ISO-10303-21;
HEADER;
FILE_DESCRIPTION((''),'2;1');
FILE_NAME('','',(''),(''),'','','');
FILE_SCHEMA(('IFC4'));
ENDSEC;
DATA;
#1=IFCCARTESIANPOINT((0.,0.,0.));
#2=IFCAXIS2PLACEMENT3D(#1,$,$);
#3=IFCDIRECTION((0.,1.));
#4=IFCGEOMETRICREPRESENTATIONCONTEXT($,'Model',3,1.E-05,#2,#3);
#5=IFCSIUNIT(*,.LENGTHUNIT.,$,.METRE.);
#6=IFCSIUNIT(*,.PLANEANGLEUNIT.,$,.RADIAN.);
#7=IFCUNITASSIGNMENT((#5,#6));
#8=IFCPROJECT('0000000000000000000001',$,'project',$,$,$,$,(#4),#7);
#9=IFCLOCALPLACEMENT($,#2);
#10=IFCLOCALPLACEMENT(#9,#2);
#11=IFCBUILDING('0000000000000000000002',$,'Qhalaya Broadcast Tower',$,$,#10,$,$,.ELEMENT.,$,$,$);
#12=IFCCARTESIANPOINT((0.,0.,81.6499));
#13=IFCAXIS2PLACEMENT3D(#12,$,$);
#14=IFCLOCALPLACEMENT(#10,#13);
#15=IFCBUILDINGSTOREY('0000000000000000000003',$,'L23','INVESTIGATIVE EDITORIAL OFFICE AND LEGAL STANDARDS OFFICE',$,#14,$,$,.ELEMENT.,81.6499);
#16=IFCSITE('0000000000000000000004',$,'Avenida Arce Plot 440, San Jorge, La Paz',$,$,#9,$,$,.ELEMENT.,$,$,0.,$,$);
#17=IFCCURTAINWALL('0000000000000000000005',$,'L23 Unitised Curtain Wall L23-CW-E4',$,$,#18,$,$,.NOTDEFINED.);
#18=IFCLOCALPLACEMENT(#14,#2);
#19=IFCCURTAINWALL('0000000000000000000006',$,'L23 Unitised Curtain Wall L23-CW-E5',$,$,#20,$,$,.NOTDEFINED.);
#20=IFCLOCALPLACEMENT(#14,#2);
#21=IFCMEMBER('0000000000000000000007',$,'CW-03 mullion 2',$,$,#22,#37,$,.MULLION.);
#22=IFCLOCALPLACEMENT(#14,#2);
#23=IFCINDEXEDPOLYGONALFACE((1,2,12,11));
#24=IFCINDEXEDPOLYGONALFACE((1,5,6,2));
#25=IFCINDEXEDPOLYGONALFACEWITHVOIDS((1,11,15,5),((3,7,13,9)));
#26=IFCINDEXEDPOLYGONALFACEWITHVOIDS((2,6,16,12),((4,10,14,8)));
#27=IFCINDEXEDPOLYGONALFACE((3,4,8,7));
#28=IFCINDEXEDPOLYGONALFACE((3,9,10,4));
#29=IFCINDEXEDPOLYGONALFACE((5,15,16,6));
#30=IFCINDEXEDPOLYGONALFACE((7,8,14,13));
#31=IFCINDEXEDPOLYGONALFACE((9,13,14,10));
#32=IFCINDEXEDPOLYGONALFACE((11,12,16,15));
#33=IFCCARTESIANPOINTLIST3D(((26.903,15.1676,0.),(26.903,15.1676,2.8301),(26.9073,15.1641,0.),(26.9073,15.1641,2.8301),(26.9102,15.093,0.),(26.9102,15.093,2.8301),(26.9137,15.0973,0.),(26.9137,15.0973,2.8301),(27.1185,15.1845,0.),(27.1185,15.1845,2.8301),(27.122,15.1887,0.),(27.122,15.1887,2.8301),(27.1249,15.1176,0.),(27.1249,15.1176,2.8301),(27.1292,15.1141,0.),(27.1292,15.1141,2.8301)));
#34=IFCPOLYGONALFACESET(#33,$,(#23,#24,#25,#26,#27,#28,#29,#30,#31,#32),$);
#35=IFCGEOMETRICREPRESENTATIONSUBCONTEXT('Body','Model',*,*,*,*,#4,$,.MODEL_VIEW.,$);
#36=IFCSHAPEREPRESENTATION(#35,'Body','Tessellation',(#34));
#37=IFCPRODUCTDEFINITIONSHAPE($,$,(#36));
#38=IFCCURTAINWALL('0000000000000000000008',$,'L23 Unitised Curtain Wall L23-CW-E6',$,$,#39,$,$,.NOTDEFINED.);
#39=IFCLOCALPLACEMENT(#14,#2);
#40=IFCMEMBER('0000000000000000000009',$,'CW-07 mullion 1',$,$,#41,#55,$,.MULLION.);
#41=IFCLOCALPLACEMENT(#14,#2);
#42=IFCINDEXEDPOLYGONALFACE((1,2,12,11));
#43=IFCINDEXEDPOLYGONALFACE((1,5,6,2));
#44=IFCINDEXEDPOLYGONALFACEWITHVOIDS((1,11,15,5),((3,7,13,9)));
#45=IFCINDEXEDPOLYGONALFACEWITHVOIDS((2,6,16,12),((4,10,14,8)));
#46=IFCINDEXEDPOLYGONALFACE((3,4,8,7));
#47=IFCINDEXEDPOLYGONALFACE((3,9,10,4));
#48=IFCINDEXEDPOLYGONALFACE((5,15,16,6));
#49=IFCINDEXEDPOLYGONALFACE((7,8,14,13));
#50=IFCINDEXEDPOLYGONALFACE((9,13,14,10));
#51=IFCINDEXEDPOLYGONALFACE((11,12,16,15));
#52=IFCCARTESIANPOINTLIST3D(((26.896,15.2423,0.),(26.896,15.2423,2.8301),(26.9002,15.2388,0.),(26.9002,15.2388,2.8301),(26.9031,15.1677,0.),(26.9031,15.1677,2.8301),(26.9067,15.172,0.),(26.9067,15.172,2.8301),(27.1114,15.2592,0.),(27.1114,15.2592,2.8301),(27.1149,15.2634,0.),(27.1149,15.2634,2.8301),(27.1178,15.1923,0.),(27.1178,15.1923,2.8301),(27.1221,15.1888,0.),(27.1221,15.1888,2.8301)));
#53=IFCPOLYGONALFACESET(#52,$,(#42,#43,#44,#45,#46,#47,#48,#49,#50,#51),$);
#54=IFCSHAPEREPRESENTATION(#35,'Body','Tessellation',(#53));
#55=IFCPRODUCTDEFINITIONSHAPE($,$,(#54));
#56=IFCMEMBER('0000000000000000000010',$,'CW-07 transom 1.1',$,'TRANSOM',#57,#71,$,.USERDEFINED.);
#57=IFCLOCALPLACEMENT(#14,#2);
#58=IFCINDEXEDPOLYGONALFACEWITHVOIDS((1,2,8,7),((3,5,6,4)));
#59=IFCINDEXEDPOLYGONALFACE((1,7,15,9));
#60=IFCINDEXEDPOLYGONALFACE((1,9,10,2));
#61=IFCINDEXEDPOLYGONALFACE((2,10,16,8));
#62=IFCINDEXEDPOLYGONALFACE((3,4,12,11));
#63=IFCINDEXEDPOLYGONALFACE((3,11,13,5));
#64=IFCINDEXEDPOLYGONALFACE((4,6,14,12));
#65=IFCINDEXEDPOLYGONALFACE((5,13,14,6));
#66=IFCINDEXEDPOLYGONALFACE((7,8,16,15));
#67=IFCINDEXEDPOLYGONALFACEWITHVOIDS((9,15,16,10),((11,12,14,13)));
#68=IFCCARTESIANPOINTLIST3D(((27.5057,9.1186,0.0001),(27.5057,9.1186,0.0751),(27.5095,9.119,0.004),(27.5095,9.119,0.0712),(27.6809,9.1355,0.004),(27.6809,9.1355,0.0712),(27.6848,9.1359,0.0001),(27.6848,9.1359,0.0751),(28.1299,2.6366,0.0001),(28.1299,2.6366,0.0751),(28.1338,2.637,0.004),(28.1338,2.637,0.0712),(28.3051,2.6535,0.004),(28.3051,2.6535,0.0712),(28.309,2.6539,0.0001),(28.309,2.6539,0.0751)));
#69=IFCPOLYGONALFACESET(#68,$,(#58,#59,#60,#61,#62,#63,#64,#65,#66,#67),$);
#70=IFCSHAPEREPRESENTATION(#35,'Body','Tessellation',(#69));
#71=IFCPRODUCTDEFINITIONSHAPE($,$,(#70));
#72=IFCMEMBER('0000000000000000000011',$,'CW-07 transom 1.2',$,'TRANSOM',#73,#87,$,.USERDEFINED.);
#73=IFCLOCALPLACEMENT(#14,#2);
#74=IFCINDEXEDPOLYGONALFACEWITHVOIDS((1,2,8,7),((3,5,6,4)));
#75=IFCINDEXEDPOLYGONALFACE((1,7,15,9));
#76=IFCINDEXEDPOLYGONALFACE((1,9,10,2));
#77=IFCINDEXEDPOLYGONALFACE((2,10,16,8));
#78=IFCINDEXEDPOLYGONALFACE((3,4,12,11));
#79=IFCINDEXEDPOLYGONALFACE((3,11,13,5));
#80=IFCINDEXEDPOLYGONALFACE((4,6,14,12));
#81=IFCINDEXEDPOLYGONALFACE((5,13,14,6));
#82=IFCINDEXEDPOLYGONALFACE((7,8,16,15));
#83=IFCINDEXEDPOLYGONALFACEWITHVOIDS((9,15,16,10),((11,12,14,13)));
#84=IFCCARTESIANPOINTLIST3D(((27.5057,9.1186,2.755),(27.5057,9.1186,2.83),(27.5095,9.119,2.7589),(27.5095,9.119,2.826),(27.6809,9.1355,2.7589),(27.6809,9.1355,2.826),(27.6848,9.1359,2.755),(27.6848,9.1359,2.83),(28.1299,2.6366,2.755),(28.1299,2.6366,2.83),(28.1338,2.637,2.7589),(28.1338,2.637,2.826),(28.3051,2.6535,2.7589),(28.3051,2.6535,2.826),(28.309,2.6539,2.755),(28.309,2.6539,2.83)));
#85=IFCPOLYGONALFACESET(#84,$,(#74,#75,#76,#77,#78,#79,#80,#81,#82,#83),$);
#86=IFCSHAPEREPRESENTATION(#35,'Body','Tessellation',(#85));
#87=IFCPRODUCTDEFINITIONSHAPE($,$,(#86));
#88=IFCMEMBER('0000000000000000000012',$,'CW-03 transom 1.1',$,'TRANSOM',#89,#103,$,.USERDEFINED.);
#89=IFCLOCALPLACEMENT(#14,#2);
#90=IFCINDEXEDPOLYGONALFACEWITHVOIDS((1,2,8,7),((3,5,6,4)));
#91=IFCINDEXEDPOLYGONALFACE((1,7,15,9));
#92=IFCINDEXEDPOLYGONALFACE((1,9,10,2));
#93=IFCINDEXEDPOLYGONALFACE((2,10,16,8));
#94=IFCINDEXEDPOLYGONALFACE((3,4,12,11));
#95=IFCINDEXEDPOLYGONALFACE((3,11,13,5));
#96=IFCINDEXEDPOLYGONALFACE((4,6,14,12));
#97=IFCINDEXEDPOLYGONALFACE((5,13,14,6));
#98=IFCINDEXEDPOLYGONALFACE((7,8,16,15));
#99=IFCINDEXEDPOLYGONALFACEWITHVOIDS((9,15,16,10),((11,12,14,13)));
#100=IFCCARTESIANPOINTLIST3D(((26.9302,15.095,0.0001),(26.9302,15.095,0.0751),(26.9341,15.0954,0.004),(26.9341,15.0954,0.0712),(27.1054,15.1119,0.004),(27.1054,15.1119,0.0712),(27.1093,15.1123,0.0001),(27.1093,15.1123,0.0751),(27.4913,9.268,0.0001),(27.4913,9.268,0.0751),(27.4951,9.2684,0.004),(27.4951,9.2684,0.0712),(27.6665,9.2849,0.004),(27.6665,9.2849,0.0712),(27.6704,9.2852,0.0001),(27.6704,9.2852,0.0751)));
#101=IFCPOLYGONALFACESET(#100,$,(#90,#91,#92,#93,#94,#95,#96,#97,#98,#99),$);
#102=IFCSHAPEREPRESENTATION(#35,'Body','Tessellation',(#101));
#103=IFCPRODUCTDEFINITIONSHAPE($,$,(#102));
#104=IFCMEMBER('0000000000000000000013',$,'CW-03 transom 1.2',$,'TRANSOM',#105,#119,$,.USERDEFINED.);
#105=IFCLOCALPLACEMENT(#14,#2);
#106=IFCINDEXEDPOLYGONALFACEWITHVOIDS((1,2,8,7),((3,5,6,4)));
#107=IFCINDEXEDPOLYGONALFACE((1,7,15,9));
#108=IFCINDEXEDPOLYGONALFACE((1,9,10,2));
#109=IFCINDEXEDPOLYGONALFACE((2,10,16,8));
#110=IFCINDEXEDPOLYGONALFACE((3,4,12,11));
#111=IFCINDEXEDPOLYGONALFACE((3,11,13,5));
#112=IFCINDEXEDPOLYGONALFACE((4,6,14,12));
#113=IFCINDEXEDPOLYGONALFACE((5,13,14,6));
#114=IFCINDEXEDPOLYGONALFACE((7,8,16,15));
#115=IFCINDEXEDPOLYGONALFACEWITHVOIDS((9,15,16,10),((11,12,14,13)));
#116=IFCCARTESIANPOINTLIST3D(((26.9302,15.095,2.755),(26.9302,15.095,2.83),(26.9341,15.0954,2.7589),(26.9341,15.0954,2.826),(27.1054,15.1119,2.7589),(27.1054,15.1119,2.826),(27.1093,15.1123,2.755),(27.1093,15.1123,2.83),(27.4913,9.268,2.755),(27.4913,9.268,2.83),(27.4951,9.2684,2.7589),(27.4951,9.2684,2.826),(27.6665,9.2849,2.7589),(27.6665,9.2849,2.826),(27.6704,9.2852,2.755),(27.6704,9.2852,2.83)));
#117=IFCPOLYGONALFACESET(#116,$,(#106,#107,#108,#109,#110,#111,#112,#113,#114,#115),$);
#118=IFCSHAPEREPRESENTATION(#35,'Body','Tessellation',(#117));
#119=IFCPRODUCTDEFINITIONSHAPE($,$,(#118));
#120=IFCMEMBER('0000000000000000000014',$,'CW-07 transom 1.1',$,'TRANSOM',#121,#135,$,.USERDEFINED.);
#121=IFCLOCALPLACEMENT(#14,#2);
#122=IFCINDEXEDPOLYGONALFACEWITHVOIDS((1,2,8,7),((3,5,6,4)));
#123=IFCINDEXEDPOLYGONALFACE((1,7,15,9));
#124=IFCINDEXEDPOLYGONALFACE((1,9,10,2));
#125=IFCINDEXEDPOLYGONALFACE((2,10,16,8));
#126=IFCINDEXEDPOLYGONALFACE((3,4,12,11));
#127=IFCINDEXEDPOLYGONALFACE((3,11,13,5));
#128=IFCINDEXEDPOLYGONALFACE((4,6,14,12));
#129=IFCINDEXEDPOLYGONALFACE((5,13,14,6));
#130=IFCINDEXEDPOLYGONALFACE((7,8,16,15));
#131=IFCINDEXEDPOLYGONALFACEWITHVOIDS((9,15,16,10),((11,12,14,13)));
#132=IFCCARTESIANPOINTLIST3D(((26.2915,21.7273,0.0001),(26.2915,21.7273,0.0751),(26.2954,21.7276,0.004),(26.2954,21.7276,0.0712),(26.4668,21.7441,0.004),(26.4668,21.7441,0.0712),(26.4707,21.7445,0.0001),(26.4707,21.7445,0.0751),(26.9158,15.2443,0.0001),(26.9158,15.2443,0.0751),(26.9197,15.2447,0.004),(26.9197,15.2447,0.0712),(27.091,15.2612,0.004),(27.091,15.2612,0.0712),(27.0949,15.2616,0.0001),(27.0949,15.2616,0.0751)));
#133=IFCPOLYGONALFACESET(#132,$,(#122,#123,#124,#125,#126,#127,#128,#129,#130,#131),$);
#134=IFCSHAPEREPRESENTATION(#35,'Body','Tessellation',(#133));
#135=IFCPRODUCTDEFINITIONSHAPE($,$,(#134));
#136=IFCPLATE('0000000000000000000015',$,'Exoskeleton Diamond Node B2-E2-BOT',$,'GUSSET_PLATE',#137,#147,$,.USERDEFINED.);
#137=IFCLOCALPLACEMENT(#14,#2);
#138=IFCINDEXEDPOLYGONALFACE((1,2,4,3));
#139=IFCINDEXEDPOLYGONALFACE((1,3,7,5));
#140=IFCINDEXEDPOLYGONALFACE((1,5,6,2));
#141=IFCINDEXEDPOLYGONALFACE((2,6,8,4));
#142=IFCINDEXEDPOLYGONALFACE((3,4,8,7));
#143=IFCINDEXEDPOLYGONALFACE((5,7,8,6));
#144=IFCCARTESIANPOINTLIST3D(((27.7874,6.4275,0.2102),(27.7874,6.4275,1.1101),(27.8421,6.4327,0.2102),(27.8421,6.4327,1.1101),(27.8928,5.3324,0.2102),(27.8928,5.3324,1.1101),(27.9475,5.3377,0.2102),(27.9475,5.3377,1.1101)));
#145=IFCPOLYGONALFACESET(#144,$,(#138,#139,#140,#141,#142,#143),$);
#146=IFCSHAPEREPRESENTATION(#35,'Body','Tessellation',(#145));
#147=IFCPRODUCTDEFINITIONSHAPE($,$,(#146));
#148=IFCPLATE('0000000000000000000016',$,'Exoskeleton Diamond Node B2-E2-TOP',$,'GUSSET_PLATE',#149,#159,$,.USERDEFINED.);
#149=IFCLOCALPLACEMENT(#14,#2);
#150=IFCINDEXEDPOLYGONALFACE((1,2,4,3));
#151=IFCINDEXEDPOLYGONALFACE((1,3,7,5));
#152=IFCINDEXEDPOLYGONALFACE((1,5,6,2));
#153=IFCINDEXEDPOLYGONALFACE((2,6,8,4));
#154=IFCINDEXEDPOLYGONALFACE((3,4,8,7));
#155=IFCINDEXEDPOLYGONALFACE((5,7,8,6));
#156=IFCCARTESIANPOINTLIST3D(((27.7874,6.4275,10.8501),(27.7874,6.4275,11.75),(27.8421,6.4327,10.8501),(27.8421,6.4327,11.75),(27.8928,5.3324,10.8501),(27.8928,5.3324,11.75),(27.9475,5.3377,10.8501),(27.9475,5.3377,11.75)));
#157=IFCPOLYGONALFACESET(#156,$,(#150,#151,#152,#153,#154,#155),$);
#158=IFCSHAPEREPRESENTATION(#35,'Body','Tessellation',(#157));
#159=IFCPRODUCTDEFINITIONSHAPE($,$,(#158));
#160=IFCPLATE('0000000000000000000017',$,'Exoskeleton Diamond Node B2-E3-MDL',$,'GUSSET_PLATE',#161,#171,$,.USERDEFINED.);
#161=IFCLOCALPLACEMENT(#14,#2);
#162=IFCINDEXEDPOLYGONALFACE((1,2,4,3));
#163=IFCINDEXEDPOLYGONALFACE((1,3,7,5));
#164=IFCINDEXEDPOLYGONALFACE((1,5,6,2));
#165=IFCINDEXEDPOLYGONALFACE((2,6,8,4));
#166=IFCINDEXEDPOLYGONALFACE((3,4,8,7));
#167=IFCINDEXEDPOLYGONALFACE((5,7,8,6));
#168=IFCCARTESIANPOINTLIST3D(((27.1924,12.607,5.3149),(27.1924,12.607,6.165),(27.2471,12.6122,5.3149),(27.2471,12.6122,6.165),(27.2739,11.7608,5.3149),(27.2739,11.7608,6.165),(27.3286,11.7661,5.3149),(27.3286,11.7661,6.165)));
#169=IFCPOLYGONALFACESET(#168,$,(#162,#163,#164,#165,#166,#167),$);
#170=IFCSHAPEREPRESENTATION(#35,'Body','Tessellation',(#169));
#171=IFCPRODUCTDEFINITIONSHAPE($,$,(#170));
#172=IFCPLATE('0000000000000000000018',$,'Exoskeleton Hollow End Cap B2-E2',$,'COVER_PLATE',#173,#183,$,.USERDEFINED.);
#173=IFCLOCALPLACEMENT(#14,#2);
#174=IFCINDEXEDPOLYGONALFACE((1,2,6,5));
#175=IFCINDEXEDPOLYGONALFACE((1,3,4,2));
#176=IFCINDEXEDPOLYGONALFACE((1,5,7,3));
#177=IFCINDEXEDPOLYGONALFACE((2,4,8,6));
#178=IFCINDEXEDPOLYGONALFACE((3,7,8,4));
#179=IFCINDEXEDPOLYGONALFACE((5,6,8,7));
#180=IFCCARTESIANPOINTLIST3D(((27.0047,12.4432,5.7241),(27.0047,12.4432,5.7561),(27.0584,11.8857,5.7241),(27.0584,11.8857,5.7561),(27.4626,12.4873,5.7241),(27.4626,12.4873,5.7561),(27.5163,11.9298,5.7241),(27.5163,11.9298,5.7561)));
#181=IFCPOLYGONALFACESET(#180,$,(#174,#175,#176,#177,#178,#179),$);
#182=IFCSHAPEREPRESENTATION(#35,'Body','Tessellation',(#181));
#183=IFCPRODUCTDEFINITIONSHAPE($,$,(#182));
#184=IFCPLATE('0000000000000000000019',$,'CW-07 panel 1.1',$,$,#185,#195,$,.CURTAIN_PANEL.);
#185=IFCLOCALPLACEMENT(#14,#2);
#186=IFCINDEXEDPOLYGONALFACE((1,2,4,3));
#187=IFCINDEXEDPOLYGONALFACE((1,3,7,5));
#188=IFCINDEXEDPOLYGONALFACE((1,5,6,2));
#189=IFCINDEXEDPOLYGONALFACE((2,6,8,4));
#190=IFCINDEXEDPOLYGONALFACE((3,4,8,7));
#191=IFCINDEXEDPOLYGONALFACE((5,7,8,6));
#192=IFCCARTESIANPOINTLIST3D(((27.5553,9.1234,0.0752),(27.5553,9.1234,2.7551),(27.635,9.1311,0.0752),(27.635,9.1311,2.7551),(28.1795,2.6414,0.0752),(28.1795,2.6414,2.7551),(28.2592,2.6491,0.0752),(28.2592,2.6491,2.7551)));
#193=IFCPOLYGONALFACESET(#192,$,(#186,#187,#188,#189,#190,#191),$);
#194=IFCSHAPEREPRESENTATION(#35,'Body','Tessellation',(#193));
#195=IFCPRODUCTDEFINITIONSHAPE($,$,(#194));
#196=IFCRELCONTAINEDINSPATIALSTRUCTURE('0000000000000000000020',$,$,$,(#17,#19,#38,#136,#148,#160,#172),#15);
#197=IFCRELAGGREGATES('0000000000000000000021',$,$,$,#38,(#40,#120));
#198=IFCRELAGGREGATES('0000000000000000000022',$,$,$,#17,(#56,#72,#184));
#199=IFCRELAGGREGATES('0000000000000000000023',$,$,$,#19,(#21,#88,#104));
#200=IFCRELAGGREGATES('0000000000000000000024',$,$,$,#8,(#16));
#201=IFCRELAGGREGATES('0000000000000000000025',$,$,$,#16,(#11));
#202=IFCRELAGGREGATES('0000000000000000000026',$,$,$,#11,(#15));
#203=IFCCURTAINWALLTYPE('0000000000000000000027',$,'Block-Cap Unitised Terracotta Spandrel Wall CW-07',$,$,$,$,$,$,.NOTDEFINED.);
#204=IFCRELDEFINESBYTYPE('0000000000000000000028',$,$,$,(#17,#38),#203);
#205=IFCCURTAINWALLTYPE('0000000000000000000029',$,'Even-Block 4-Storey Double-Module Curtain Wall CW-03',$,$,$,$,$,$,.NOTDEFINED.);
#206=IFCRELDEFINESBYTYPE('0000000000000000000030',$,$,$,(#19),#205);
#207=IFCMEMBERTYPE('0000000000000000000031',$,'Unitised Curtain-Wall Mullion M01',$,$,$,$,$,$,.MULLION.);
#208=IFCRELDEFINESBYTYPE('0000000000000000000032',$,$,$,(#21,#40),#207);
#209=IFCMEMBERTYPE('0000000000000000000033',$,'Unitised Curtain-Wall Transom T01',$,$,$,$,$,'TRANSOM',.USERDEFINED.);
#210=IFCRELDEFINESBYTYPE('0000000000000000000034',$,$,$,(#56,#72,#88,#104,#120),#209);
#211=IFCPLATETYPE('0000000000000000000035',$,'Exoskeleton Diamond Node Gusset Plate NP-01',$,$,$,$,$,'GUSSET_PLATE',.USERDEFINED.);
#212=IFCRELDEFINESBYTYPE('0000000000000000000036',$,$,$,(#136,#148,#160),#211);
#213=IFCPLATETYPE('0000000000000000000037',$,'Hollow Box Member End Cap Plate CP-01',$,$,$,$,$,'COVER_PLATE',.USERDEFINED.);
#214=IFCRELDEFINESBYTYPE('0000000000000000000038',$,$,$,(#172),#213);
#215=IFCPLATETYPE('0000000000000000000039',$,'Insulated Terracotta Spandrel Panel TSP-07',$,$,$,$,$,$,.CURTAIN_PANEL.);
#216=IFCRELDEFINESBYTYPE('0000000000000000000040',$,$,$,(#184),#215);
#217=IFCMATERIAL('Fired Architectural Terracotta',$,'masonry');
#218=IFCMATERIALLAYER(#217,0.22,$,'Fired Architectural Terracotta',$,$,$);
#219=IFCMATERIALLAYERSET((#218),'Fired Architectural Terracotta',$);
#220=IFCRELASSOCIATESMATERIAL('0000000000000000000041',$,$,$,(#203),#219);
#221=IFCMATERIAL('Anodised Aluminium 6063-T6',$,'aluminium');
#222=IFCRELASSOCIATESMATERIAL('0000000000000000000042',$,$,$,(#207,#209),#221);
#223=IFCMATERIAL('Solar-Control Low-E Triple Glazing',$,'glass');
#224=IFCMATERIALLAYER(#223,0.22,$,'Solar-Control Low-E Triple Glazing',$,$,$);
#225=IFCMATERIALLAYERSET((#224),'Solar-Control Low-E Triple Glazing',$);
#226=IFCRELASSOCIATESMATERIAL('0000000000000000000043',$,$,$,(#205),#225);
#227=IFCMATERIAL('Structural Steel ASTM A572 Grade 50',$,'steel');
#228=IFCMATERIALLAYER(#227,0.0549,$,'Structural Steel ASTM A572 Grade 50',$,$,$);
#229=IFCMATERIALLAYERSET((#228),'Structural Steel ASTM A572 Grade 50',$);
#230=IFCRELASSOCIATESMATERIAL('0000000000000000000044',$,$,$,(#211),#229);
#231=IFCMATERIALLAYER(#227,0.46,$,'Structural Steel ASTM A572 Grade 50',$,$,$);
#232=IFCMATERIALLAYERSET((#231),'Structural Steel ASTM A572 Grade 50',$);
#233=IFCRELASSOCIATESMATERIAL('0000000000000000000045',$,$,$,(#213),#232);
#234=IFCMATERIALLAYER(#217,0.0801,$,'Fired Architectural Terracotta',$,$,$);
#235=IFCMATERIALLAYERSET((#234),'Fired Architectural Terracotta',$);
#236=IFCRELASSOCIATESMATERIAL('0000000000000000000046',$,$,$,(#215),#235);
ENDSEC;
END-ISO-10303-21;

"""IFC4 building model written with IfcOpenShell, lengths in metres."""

from ifc_helpers import new_model, si_unit, direction, frame, origin, origin_2d, place, context, subcontext, project, spatial, rectangle, hollow_rectangle, extrude, material, layer, layer_set, material_profile, profile_set, type_object, element, aggregate, save


model = new_model("IFC4")

# Units and contexts
model_context = context("Model", 3, precision=1e-05, world=origin(), true_north=direction((0.0, 1.0)))
body_context = subcontext(model_context, "Body", "Model", "MODEL_VIEW")
ifc_project = project(units=[si_unit("LENGTHUNIT", "METRE"), si_unit("PLANEANGLEUNIT", "RADIAN")], contexts=[model_context])

# Site, building, storey
site_placement = place(None, origin())
site = spatial("IfcSite", under=ifc_project, at=site_placement, Name="Avenida Arce Plot 440, San Jorge, La Paz", CompositionType="ELEMENT", RefElevation=0.0)
building_placement = place(site_placement, origin())
building = spatial("IfcBuilding", under=site, at=building_placement, Name="Qhalaya Broadcast Tower", CompositionType="ELEMENT")
storey_placement = place(building_placement, frame((0.0, 0.0, 81.6499)))
storey = spatial("IfcBuildingStorey", under=building, at=storey_placement, Name="L23", Description="INVESTIGATIVE EDITORIAL OFFICE AND LEGAL STANDARDS OFFICE", CompositionType="ELEMENT", Elevation=81.6499)

# Shared definitions
ifc_material_1 = material(Name="Structural Steel ASTM A572 Grade 50", Category="steel")

# Curtain walls, member
ifc_material_2 = material(Name="Fired Architectural Terracotta", Category="masonry")
ifc_layer_1 = layer(ifc_material_2, 0.22, Name="Fired Architectural Terracotta")
ifc_layer_set_1 = layer_set([ifc_layer_1], Name="Fired Architectural Terracotta")
curtain_wall_type_1 = type_object("IfcCurtainWallType", Name="Block-Cap Unitised Terracotta Spandrel Wall CW-07", PredefinedType="NOTDEFINED", material=ifc_layer_set_1)
curtain_wall_1_placement = place(storey_placement, origin())
curtain_wall_1 = element("IfcCurtainWall", 1, at=curtain_wall_1_placement, inside=storey, type_object=curtain_wall_type_1, Name="L23 Unitised Curtain Wall L23-CW-E4", PredefinedType="NOTDEFINED")
ifc_material_3 = material(Name="Anodised Aluminium 6063-T6", Category="aluminium")
ifc_material_profile_1 = material_profile(ifc_material_3, hollow_rectangle(XDim=0.075, YDim=0.22, WallThickness=0.0039, at=origin_2d()), Name="ALU-MUL 75x220x4")
ifc_profile_set_1 = profile_set([ifc_material_profile_1], Name="Anodised Aluminium 6063-T6")
member_type_1 = type_object("IfcMemberType", Name="Unitised Curtain-Wall Mullion M01", PredefinedType="MULLION", material=ifc_profile_set_1)
ifc_material_4 = material(Name="Solar-Control Low-E Triple Glazing", Category="glass")
ifc_layer_2 = layer(ifc_material_4, 0.22, Name="Solar-Control Low-E Triple Glazing")
ifc_layer_set_2 = layer_set([ifc_layer_2], Name="Solar-Control Low-E Triple Glazing")
curtain_wall_type_2 = type_object("IfcCurtainWallType", Name="Even-Block 4-Storey Double-Module Curtain Wall CW-03", PredefinedType="NOTDEFINED", material=ifc_layer_set_2)
curtain_wall_2_placement = place(storey_placement, origin())
curtain_wall_2 = element("IfcCurtainWall", 2, at=curtain_wall_2_placement, inside=storey, type_object=curtain_wall_type_2, Name="L23 Unitised Curtain Wall L23-CW-E5", PredefinedType="NOTDEFINED")
member_1_placement = place(storey_placement, frame((27.0161, 15.1409, 0.0), z_axis=(0.0, 0.0, 1.0), x_axis=(-0.095836, 0.995397, 0.0)))
member_1 = element("IfcMember", 3, at=member_1_placement, type_object=member_type_1, Name="CW-03 mullion 2", PredefinedType="MULLION", context=body_context, shape_type="SweptSolid", body=[
    extrude(hollow_rectangle(XDim=0.075, YDim=0.22, WallThickness=0.0039, at=origin_2d()), origin(), (0.0, 0.0, 1.0), 2.8301),
])

# Curtain wall, member
curtain_wall_3_placement = place(storey_placement, origin())
curtain_wall_3 = element("IfcCurtainWall", 4, at=curtain_wall_3_placement, inside=storey, type_object=curtain_wall_type_1, Name="L23 Unitised Curtain Wall L23-CW-E6", PredefinedType="NOTDEFINED")
member_2_placement = place(storey_placement, frame((27.009, 15.2156, 0.0), z_axis=(0.0, 0.0, 1.0), x_axis=(-0.095858, 0.995395, 0.0)))
member_2 = element("IfcMember", 5, at=member_2_placement, type_object=member_type_1, Name="CW-07 mullion 1", PredefinedType="MULLION", context=body_context, shape_type="SweptSolid", body=[
    extrude(hollow_rectangle(XDim=0.075, YDim=0.22, WallThickness=0.0039, at=origin_2d()), origin(), (0.0, 0.0, 1.0), 2.8301),
])

# Members
ifc_material_profile_2 = material_profile(ifc_material_3, hollow_rectangle(XDim=0.075, YDim=0.1799, WallThickness=0.0039, at=origin_2d()), Name="ALU-TRN 75x180x4")
ifc_profile_set_2 = profile_set([ifc_material_profile_2], Name="Anodised Aluminium 6063-T6")
member_type_2 = type_object("IfcMemberType", Name="Unitised Curtain-Wall Transom T01", ElementType="TRANSOM", PredefinedType="USERDEFINED", material=ifc_profile_set_2)
member_3_placement = place(storey_placement, frame((28.2195, 2.6453, 0.0376), z_axis=(-0.095865, 0.995394, 0.0), x_axis=(0.0, 0.0, 1.0)))
member_3 = element("IfcMember", 6, at=member_3_placement, type_object=member_type_2, Name="CW-07 transom 1.1", ObjectType="TRANSOM", PredefinedType="USERDEFINED", context=body_context, shape_type="SweptSolid", body=[
    extrude(hollow_rectangle(XDim=0.075, YDim=0.1799, WallThickness=0.0039, at=origin_2d()), origin(), (0.0, 0.0, 1.0), 6.512),
])
member_4_placement = place(storey_placement, frame((28.2195, 2.6453, 2.7925), z_axis=(-0.095865, 0.995394, 0.0), x_axis=(0.0, 0.0, 1.0)))
member_4 = element("IfcMember", 7, at=member_4_placement, type_object=member_type_2, Name="CW-07 transom 1.2", ObjectType="TRANSOM", PredefinedType="USERDEFINED", context=body_context, shape_type="SweptSolid", body=[
    extrude(hollow_rectangle(XDim=0.075, YDim=0.1799, WallThickness=0.0039, at=origin_2d()), origin(), (0.0, 0.0, 1.0), 6.512),
])
member_5_placement = place(storey_placement, frame((27.5808, 9.2766, 0.0376), z_axis=(-0.095836, 0.995397, 0.0), x_axis=(0.0, 0.0, 1.0)))
member_5 = element("IfcMember", 8, at=member_5_placement, type_object=member_type_2, Name="CW-03 transom 1.1", ObjectType="TRANSOM", PredefinedType="USERDEFINED", context=body_context, shape_type="SweptSolid", body=[
    extrude(hollow_rectangle(XDim=0.075, YDim=0.1799, WallThickness=0.0039, at=origin_2d()), origin(), (0.0, 0.0, 1.0), 5.854),
])
member_6_placement = place(storey_placement, frame((27.5808, 9.2766, 2.7925), z_axis=(-0.095836, 0.995397, 0.0), x_axis=(0.0, 0.0, 1.0)))
member_6 = element("IfcMember", 9, at=member_6_placement, type_object=member_type_2, Name="CW-03 transom 1.2", ObjectType="TRANSOM", PredefinedType="USERDEFINED", context=body_context, shape_type="SweptSolid", body=[
    extrude(hollow_rectangle(XDim=0.075, YDim=0.1799, WallThickness=0.0039, at=origin_2d()), origin(), (0.0, 0.0, 1.0), 5.854),
])
member_7_placement = place(storey_placement, frame((27.0054, 15.2529, 0.0376), z_axis=(-0.095851, 0.995396, 0.0), x_axis=(0.0, 0.0, 1.0)))
member_7 = element("IfcMember", 10, at=member_7_placement, type_object=member_type_2, Name="CW-07 transom 1.1", ObjectType="TRANSOM", PredefinedType="USERDEFINED", context=body_context, shape_type="SweptSolid", body=[
    extrude(hollow_rectangle(XDim=0.075, YDim=0.1799, WallThickness=0.0039, at=origin_2d()), origin(), (0.0, 0.0, 1.0), 6.5129),
])
aggregate(curtain_wall_3, [member_2, member_7])

# Plates
ifc_layer_3 = layer(ifc_material_1, 0.0549, Name="Structural Steel ASTM A572 Grade 50")
ifc_layer_set_3 = layer_set([ifc_layer_3], Name="Structural Steel ASTM A572 Grade 50")
plate_type_1 = type_object("IfcPlateType", Name="Exoskeleton Diamond Node Gusset Plate NP-01", ElementType="GUSSET_PLATE", PredefinedType="USERDEFINED", material=ifc_layer_set_3)
for number, where, z_axis, x_axis, name in (
    (11, (27.8674, 5.8826, 0.2102), (0.0, 0.0, 1.0), (-0.095846, 0.995396, 0.0), "Exoskeleton Diamond Node B2-E2-BOT"),
    (12, (27.8674, 5.8826, 10.8501), (0.0, 0.0, 1.0), (-0.095846, 0.995396, 0.0), "Exoskeleton Diamond Node B2-E2-TOP"),
):
    element("IfcPlate", number, at=place(storey_placement, frame(where, z_axis=z_axis, x_axis=x_axis)), inside=storey, type_object=plate_type_1, Name=name, ObjectType="GUSSET_PLATE", PredefinedType="USERDEFINED", context=body_context, shape_type="SweptSolid", body=[
        extrude(rectangle(XDim=1.1001, YDim=0.0549, at=origin_2d()), origin(), (0.0, 0.0, 1.0), 0.8999),
    ])
plate_1_placement = place(storey_placement, frame((27.2605, 12.1865, 5.3149), z_axis=(0.0, 0.0, 1.0), x_axis=(-0.095846, 0.995396, 0.0)))
element("IfcPlate", 13, at=plate_1_placement, inside=storey, type_object=plate_type_1, Name="Exoskeleton Diamond Node B2-E3-MDL", ObjectType="GUSSET_PLATE", PredefinedType="USERDEFINED", context=body_context, shape_type="SweptSolid", body=[
    extrude(rectangle(XDim=0.8501, YDim=0.0549, at=origin_2d()), origin(), (0.0, 0.0, 1.0), 0.8501),
])
ifc_layer_4 = layer(ifc_material_1, 0.46, Name="Structural Steel ASTM A572 Grade 50")
ifc_layer_set_4 = layer_set([ifc_layer_4], Name="Structural Steel ASTM A572 Grade 50")
plate_type_2 = type_object("IfcPlateType", Name="Hollow Box Member End Cap Plate CP-01", ElementType="COVER_PLATE", PredefinedType="USERDEFINED", material=ifc_layer_set_4)
plate_2_placement = place(storey_placement, frame((27.2605, 12.1865, 5.7241), z_axis=(0.0, 0.0, 1.0), x_axis=(-0.095846, 0.995396, 0.0)))
element("IfcPlate", 14, at=plate_2_placement, inside=storey, type_object=plate_type_2, Name="Exoskeleton Hollow End Cap B2-E2", ObjectType="COVER_PLATE", PredefinedType="USERDEFINED", context=body_context, shape_type="SweptSolid", body=[
    extrude(rectangle(XDim=0.5601, YDim=0.46, at=origin_2d()), origin(), (0.0, 0.0, 1.0), 0.032),
])

# Plate
ifc_layer_5 = layer(ifc_material_2, 0.0801, Name="Fired Architectural Terracotta")
ifc_layer_set_5 = layer_set([ifc_layer_5], Name="Fired Architectural Terracotta")
plate_type_3 = type_object("IfcPlateType", Name="Insulated Terracotta Spandrel Panel TSP-07", PredefinedType="CURTAIN_PANEL", material=ifc_layer_set_5)
plate_3_placement = place(storey_placement, frame((27.9072, 5.8862, 0.0752), z_axis=(0.0, 0.0, 1.0), x_axis=(-0.095857, 0.995395, 0.0)))
plate_3 = element("IfcPlate", 15, at=plate_3_placement, type_object=plate_type_3, Name="CW-07 panel 1.1", PredefinedType="CURTAIN_PANEL", context=body_context, shape_type="SweptSolid", body=[
    extrude(rectangle(XDim=6.512, YDim=0.0801, at=origin_2d()), origin(), (0.0, 0.0, 1.0), 2.6799),
])
aggregate(curtain_wall_1, [member_3, member_4, plate_3])
aggregate(curtain_wall_2, [member_1, member_5, member_6])

save(model, "model.ifc")
